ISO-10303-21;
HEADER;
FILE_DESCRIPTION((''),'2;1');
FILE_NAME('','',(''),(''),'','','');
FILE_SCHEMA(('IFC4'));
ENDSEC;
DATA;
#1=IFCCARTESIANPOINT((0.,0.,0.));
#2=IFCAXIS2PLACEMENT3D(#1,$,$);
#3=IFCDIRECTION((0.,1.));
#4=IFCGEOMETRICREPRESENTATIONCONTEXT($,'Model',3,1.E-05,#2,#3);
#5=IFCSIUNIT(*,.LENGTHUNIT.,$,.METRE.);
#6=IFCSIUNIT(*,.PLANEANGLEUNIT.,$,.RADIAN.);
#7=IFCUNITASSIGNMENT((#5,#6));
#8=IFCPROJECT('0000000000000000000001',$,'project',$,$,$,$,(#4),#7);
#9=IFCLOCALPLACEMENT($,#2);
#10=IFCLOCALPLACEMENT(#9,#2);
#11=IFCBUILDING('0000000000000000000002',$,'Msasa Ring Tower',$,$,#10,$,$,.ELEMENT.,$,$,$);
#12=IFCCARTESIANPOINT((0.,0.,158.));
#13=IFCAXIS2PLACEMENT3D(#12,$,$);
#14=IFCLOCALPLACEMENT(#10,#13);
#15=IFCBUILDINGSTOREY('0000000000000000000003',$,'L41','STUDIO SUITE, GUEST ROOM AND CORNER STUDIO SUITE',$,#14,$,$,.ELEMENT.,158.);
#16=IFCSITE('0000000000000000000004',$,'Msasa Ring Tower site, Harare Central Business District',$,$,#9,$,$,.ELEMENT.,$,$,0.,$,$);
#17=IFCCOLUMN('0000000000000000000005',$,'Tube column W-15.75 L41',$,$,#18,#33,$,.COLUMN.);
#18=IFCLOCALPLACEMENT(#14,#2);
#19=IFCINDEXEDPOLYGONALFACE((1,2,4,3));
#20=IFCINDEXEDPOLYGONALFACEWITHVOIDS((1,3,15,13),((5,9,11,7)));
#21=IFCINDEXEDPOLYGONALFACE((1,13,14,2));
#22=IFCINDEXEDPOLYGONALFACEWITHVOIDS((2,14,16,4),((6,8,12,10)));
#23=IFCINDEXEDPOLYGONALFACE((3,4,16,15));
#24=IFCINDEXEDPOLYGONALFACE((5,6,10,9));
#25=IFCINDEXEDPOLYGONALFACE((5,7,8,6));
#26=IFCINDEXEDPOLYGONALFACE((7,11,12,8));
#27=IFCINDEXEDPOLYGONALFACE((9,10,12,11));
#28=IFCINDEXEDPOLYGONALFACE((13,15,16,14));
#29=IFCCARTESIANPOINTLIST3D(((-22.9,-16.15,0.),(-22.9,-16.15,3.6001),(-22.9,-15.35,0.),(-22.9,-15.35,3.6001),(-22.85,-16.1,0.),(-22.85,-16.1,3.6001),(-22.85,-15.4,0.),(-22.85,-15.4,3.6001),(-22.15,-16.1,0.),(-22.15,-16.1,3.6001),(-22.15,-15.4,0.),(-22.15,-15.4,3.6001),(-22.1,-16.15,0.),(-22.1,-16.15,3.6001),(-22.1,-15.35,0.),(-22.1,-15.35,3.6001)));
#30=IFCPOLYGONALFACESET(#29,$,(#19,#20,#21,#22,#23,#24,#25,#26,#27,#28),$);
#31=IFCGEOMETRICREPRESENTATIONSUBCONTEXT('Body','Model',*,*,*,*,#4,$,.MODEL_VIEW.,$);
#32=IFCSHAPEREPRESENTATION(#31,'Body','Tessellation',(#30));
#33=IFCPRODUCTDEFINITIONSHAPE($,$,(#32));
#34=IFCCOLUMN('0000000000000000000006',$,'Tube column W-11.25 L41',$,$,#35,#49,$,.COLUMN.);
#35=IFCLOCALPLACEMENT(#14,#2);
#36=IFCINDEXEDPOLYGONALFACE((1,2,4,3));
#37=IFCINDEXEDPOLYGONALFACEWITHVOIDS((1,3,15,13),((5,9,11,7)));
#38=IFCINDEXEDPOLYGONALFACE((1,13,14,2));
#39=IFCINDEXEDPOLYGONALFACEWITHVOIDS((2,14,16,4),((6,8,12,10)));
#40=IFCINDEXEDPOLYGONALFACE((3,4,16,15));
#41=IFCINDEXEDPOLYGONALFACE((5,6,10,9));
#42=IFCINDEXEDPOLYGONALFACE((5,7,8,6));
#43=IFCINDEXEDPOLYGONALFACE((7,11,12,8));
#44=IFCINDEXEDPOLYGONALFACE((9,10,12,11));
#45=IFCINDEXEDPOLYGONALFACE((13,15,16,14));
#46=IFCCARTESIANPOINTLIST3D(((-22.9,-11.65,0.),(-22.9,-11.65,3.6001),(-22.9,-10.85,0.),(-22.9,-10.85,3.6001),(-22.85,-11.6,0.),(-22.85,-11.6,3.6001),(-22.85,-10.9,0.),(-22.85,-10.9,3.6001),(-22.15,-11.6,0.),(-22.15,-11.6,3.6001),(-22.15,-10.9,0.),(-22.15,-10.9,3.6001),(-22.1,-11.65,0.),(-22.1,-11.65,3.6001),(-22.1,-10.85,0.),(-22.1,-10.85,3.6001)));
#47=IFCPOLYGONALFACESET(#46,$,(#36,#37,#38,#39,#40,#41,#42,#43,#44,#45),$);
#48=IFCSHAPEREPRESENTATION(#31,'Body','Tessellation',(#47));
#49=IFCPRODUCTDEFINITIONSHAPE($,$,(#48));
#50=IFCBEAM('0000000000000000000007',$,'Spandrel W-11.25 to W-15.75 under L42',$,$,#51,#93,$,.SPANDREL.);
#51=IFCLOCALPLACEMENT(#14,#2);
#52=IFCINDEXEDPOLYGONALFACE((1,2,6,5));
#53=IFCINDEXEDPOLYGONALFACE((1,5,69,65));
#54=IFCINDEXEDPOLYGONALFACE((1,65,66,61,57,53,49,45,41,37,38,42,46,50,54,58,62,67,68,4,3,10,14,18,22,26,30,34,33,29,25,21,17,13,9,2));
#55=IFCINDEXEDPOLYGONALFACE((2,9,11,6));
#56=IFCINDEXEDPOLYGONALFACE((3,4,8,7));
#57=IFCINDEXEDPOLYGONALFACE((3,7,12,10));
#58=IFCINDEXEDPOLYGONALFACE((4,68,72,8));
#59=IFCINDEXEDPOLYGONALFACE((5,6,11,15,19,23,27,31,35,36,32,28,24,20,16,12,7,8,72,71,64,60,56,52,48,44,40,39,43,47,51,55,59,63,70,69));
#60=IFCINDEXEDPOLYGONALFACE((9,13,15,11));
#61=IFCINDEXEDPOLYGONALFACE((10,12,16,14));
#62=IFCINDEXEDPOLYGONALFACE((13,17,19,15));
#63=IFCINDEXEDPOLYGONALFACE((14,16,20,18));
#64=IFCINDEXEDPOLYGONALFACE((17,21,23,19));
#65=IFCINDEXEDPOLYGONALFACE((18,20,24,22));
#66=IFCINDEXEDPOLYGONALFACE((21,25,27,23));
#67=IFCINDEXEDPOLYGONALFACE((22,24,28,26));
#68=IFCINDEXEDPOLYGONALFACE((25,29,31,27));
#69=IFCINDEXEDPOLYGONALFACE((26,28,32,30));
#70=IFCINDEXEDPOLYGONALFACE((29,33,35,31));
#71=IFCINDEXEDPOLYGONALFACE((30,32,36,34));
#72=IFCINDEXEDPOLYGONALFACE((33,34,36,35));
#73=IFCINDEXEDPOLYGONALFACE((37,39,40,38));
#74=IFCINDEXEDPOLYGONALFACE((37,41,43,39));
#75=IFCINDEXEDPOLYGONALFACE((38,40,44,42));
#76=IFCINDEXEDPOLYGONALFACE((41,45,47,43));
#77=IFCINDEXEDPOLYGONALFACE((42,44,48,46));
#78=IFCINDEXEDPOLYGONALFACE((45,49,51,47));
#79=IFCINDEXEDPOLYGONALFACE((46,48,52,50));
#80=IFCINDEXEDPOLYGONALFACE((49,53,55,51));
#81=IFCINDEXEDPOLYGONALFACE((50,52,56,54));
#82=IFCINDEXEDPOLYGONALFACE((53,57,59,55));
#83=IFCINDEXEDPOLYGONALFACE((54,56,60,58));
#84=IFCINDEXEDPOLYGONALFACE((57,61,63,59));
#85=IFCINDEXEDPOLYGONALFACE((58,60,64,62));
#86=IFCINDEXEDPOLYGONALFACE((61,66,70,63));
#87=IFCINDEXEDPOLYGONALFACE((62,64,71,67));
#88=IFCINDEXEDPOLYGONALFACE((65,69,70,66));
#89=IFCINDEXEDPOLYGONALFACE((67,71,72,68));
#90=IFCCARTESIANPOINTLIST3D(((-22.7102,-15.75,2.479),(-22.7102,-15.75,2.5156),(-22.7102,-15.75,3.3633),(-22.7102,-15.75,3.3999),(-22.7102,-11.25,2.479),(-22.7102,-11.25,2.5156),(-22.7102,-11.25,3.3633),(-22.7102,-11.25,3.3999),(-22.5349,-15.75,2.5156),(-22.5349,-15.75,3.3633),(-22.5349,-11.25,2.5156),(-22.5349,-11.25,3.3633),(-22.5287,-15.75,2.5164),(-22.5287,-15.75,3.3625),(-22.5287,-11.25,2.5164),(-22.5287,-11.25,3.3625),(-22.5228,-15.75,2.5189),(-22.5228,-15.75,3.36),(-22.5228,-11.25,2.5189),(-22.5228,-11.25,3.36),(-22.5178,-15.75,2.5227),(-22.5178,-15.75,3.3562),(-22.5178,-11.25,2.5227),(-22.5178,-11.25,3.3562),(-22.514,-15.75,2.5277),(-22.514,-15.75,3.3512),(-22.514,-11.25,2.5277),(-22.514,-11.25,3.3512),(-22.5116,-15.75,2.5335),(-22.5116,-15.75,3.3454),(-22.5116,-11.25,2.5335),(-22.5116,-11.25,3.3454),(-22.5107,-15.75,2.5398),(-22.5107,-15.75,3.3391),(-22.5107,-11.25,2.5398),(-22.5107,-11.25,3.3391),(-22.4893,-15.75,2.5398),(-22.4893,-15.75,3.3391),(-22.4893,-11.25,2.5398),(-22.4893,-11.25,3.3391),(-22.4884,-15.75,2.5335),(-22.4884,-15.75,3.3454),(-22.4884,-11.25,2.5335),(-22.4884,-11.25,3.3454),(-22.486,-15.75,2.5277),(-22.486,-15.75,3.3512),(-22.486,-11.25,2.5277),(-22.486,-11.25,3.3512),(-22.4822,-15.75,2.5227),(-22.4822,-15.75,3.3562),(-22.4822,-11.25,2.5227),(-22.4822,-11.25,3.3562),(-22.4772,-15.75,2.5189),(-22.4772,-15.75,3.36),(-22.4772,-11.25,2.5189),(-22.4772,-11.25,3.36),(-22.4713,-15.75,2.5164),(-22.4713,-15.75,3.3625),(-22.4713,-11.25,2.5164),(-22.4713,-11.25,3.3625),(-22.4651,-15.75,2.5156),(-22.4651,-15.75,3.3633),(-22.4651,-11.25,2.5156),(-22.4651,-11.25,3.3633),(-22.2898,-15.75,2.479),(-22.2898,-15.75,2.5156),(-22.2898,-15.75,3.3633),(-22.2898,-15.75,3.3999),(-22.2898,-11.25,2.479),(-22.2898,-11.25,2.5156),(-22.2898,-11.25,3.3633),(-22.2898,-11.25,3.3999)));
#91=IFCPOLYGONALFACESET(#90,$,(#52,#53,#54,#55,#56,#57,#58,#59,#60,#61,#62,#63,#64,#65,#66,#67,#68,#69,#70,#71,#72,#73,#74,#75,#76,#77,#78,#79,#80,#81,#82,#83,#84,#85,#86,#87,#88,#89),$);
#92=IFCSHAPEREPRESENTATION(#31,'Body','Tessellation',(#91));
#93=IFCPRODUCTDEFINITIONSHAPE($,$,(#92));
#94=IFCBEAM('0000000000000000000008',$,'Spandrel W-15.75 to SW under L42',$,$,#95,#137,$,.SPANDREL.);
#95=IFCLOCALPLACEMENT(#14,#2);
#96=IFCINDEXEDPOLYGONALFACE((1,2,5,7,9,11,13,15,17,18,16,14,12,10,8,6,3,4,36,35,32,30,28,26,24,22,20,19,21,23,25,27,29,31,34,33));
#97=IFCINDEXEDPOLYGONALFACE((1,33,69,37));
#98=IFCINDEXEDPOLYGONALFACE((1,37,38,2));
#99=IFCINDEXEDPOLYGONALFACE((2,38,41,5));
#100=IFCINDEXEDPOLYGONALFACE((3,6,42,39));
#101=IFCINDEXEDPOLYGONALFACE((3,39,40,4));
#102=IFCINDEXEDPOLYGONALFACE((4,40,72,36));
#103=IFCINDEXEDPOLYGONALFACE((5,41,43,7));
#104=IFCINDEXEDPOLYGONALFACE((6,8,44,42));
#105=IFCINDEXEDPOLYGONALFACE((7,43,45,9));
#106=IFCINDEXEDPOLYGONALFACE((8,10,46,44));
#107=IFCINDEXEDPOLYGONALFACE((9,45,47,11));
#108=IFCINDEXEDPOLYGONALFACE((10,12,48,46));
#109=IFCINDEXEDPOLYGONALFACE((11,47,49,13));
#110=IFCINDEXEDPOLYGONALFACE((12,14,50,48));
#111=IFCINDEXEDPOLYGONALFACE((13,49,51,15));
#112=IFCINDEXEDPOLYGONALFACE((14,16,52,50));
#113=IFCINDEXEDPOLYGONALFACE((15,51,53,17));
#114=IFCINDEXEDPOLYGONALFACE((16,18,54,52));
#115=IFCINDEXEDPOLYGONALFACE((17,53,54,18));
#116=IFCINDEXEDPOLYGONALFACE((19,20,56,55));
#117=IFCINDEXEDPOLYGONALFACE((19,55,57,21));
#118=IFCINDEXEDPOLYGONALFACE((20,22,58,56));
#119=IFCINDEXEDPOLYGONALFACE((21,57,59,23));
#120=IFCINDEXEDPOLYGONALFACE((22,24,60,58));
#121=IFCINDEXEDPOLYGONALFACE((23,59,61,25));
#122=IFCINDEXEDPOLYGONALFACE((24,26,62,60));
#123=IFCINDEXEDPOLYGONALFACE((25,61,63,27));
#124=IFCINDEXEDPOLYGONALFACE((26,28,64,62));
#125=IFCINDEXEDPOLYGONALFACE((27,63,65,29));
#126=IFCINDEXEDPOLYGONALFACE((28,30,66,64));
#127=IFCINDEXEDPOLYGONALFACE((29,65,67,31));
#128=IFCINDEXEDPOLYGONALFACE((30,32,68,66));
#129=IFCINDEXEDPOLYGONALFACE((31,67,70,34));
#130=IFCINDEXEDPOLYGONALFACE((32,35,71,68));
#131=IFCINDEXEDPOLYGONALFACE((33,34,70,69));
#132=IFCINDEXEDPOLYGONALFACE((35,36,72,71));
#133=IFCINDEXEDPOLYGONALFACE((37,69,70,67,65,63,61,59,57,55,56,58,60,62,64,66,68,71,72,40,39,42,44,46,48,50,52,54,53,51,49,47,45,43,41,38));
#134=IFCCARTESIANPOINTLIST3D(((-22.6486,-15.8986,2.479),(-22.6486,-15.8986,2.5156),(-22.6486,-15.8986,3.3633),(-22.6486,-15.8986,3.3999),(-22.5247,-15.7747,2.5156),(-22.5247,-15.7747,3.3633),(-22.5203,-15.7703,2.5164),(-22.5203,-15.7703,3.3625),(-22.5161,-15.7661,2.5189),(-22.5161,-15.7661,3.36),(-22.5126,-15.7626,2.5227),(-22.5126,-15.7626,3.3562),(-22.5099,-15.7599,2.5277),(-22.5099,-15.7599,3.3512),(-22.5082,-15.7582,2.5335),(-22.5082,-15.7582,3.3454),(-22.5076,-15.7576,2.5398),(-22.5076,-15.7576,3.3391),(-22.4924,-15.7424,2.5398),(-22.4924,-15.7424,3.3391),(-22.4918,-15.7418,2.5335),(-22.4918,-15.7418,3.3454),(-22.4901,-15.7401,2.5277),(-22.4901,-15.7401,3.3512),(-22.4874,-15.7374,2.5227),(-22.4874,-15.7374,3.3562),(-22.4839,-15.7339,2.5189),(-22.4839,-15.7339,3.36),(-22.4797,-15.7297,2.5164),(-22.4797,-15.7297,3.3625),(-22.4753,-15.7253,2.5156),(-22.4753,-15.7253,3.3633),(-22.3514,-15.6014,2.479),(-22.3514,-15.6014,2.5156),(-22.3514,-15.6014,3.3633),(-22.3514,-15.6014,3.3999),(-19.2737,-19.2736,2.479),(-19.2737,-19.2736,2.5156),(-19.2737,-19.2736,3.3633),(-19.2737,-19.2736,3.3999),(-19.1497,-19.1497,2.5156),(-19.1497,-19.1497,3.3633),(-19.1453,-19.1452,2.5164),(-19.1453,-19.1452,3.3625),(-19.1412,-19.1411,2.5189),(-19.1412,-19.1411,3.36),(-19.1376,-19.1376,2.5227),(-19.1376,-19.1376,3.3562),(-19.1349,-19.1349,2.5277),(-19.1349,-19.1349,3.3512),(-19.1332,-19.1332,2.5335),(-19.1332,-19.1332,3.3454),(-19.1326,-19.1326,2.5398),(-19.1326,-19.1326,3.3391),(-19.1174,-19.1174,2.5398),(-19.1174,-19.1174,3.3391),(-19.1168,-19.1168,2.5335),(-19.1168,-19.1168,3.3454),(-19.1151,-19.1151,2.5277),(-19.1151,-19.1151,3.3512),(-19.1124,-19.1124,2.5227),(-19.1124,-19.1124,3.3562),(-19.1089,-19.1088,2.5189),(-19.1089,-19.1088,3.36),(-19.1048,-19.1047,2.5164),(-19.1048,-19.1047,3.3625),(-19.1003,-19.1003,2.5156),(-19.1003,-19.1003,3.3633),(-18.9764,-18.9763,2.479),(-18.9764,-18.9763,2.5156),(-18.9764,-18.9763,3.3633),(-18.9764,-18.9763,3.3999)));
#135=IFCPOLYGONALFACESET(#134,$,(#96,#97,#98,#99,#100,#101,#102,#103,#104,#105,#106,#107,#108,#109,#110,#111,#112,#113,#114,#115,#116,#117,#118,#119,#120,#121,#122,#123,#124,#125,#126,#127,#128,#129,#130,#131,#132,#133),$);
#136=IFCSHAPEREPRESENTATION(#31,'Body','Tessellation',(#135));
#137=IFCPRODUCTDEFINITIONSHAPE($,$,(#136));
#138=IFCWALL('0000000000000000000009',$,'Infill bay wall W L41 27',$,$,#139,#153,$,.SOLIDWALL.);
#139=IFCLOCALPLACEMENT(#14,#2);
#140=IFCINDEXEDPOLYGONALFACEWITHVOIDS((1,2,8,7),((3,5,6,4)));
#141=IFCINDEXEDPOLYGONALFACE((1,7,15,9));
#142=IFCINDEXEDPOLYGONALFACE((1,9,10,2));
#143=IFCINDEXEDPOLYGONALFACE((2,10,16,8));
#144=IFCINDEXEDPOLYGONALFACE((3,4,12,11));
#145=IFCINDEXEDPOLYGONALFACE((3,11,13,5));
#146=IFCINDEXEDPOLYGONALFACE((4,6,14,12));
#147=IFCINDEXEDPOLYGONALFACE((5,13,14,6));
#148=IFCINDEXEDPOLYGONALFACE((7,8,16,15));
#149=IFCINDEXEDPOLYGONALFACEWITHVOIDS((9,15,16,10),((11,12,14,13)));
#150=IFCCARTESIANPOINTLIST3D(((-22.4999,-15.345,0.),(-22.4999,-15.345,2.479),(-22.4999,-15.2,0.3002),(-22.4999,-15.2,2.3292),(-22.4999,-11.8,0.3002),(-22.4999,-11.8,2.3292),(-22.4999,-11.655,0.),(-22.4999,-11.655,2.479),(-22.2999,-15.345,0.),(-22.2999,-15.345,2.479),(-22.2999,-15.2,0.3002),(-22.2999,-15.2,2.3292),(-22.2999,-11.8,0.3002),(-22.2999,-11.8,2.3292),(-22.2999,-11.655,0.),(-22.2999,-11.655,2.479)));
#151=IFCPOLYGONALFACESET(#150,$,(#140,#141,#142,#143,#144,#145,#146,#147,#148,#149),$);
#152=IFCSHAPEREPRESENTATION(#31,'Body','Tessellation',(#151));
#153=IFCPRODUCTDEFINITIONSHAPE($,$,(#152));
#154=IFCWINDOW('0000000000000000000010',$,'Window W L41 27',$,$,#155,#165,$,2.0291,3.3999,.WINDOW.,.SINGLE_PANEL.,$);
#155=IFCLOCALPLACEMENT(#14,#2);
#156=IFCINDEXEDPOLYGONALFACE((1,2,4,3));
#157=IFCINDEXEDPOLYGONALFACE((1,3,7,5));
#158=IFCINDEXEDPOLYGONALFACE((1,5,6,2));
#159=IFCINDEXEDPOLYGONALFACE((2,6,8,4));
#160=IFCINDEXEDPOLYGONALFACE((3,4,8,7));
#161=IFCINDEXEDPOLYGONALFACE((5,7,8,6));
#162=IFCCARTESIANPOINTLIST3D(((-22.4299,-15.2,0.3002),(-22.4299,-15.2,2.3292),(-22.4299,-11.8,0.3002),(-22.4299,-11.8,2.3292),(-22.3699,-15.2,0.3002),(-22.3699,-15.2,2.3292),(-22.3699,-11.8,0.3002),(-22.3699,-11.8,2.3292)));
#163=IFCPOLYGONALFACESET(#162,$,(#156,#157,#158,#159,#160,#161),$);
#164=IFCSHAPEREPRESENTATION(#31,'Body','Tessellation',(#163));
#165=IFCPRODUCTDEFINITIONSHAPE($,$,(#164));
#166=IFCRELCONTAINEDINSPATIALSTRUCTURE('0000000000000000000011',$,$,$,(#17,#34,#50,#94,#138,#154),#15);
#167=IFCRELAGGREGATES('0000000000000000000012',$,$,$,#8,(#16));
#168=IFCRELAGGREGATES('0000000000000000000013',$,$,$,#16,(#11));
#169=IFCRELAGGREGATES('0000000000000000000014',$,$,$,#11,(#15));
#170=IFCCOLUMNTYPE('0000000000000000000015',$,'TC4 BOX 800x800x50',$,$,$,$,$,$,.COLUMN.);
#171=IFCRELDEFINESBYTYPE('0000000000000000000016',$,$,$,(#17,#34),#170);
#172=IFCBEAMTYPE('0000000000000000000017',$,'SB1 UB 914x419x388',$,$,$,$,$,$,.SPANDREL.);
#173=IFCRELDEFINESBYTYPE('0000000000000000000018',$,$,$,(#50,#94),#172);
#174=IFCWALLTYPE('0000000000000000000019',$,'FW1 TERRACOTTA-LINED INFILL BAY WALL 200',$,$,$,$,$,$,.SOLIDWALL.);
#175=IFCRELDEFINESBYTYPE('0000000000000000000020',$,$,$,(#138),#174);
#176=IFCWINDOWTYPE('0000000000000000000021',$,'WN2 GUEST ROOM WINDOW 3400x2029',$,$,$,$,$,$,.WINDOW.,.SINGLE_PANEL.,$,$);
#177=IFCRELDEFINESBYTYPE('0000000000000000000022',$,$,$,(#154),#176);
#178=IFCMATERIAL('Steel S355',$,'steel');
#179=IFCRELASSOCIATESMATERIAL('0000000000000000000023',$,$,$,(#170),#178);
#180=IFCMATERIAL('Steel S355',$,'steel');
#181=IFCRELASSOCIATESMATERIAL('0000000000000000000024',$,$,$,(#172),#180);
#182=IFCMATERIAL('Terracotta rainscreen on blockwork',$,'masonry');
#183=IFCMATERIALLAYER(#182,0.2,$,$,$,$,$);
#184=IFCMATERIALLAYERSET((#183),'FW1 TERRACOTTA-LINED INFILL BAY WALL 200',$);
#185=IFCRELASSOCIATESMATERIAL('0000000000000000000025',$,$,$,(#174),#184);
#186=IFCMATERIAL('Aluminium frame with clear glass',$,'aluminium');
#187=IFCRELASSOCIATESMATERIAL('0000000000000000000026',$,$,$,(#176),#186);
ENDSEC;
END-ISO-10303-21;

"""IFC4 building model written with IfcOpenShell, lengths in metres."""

from ifc_helpers import new_model, si_unit, direction, frame, frame_2d, origin, origin_2d, place, context, subcontext, project, spatial, rectangle, hollow_rectangle, i_section, extrude, material, layer, layer_set, material_profile, profile_set, type_object, element, fill, save


model = new_model("IFC4")

# Units and contexts
model_context = context("Model", 3, precision=1e-05, world=origin(), true_north=direction((0.0, 1.0)))
body_context = subcontext(model_context, "Body", "Model", "MODEL_VIEW")
ifc_project = project(units=[si_unit("LENGTHUNIT", "METRE"), si_unit("PLANEANGLEUNIT", "RADIAN")], contexts=[model_context])

# Site, building, storey
site_placement = place(None, origin())
site = spatial("IfcSite", under=ifc_project, at=site_placement, Name="Msasa Ring Tower site, Harare Central Business District", CompositionType="ELEMENT", RefElevation=0.0)
building_placement = place(site_placement, origin())
building = spatial("IfcBuilding", under=site, at=building_placement, Name="Msasa Ring Tower", CompositionType="ELEMENT")
storey_placement = place(building_placement, frame((0.0, 0.0, 158.0)))
storey = spatial("IfcBuildingStorey", under=building, at=storey_placement, Name="L41", Description="STUDIO SUITE, GUEST ROOM AND CORNER STUDIO SUITE", CompositionType="ELEMENT", Elevation=158.0)

# Columns
ifc_material_1 = material(Name="Steel S355", Category="steel")
ifc_material_profile_1 = material_profile(ifc_material_1, hollow_rectangle(XDim=0.8, YDim=0.8, WallThickness=0.05, at=origin_2d()), Name="BOX 800x800x50")
ifc_profile_set_1 = profile_set([ifc_material_profile_1], Name="Steel S355")
column_type = type_object("IfcColumnType", Name="TC4 BOX 800x800x50", PredefinedType="COLUMN", material=ifc_profile_set_1)
for number, where, z_axis, x_axis, name in (
    (1, (-22.5, -15.75, 0.0), (0.0, 0.0, 1.0), (1.0, 0.0, 0.0), "Tube column W-15.75 L41"),
    (2, (-22.5, -11.25, 0.0), (0.0, 0.0, 1.0), (1.0, 0.0, 0.0), "Tube column W-11.25 L41"),
):
    element("IfcColumn", number, at=place(storey_placement, frame(where, z_axis=z_axis, x_axis=x_axis)), inside=storey, type_object=column_type, Name=name, PredefinedType="COLUMN", context=body_context, shape_type="SweptSolid", body=[
        extrude(hollow_rectangle(XDim=0.8, YDim=0.8, WallThickness=0.05, at=origin_2d()), origin(), (0.0, 0.0, 1.0), 3.6001),
    ])

# Beams
ifc_material_2 = material(Name="Steel S355", Category="steel")
ifc_material_profile_2 = material_profile(ifc_material_2, i_section(OverallWidth=0.4204, OverallDepth=0.9209, WebThickness=0.0215, FlangeThickness=0.0366, FilletRadius=0.0242, at=origin_2d()), Name="UB 914x419x388")
ifc_profile_set_2 = profile_set([ifc_material_profile_2], Name="Steel S355")
beam_type = type_object("IfcBeamType", Name="SB1 UB 914x419x388", PredefinedType="SPANDREL", material=ifc_profile_set_2)
beam_1_placement = place(storey_placement, frame((-22.5, -11.25, 2.9395), z_axis=(0.0, -1.0, 0.0), x_axis=(1.0, 0.0, 0.0)))
element("IfcBeam", 3, at=beam_1_placement, inside=storey, type_object=beam_type, Name="Spandrel W-11.25 to W-15.75 under L42", PredefinedType="SPANDREL", context=body_context, shape_type="SweptSolid", body=[
    extrude(i_section(OverallWidth=0.4204, OverallDepth=0.9209, WebThickness=0.0215, FlangeThickness=0.0366, FilletRadius=0.0242, at=origin_2d()), origin(), (0.0, 0.0, 1.0), 4.5),
])
beam_2_placement = place(storey_placement, frame((-22.5, -15.75, 2.9395), z_axis=(0.707107, -0.707107, 0.0), x_axis=(0.707107, 0.707107, 0.0)))
element("IfcBeam", 4, at=beam_2_placement, inside=storey, type_object=beam_type, Name="Spandrel W-15.75 to SW under L42", PredefinedType="SPANDREL", context=body_context, shape_type="SweptSolid", body=[
    extrude(i_section(OverallWidth=0.4204, OverallDepth=0.9209, WebThickness=0.0215, FlangeThickness=0.0366, FilletRadius=0.0242, at=origin_2d()), origin(), (0.0, 0.0, 1.0), 4.7729),
])

# Wall, opening, window
ifc_material_3 = material(Name="Terracotta rainscreen on blockwork", Category="masonry")
ifc_layer_1 = layer(ifc_material_3, 0.2)
ifc_layer_set_1 = layer_set([ifc_layer_1], Name="FW1 TERRACOTTA-LINED INFILL BAY WALL 200")
wall_type_1 = type_object("IfcWallType", Name="FW1 TERRACOTTA-LINED INFILL BAY WALL 200", PredefinedType="SOLIDWALL", material=ifc_layer_set_1)
wall_1_placement = place(storey_placement, frame((-22.3999, -15.345, 0.0), z_axis=(0.0, 0.0, 1.0), x_axis=(0.0, 1.0, 0.0)))
wall_1 = element("IfcWall", 5, at=wall_1_placement, inside=storey, type_object=wall_type_1, Name="Infill bay wall W L41 27", PredefinedType="SOLIDWALL", context=body_context, shape_type="SweptSolid", body=[
    extrude(rectangle(XDim=3.6899, YDim=0.2, at=frame_2d((1.845, 0.0))), origin(), (0.0, 0.0, 1.0), 2.479),
])
opening_1_placement = place(wall_1_placement, frame((0.145, 0.0, 0.3)))
opening_1 = element("IfcOpeningElement", 6, at=opening_1_placement, cuts=wall_1, PredefinedType="OPENING", context=body_context, shape_type="SweptSolid", body=[
    extrude(rectangle(XDim=3.3999, YDim=2.0291, at=frame_2d((1.7, 1.0146))), frame((0.0, 0.1099, 0.0), z_axis=(0.0, -1.0, 0.0), x_axis=(1.0, 0.0, 0.0)), (0.0, 0.0, 1.0), 0.22),
])
ifc_material_4 = material(Name="Aluminium frame with clear glass", Category="aluminium")
window_type = type_object("IfcWindowType", Name="WN2 GUEST ROOM WINDOW 3400x2029", PartitioningType="SINGLE_PANEL", PredefinedType="WINDOW", material=ifc_material_4)
window_1_placement = place(opening_1_placement, origin())
window_1 = element("IfcWindow", 7, at=window_1_placement, inside=storey, type_object=window_type, Name="Window W L41 27", OverallHeight=2.0291, OverallWidth=3.3999, PartitioningType="SINGLE_PANEL", PredefinedType="WINDOW", context=body_context, shape_type="SweptSolid", body=[
    extrude(rectangle(XDim=3.3999, YDim=2.0291, at=frame_2d((1.7, 1.0146))), frame((0.0, 0.03, 0.0), z_axis=(0.0, -1.0, 0.0), x_axis=(1.0, 0.0, 0.0)), (0.0, 0.0, 1.0), 0.0601),
])
fill(opening_1, window_1)

save(model, "model.ifc")
